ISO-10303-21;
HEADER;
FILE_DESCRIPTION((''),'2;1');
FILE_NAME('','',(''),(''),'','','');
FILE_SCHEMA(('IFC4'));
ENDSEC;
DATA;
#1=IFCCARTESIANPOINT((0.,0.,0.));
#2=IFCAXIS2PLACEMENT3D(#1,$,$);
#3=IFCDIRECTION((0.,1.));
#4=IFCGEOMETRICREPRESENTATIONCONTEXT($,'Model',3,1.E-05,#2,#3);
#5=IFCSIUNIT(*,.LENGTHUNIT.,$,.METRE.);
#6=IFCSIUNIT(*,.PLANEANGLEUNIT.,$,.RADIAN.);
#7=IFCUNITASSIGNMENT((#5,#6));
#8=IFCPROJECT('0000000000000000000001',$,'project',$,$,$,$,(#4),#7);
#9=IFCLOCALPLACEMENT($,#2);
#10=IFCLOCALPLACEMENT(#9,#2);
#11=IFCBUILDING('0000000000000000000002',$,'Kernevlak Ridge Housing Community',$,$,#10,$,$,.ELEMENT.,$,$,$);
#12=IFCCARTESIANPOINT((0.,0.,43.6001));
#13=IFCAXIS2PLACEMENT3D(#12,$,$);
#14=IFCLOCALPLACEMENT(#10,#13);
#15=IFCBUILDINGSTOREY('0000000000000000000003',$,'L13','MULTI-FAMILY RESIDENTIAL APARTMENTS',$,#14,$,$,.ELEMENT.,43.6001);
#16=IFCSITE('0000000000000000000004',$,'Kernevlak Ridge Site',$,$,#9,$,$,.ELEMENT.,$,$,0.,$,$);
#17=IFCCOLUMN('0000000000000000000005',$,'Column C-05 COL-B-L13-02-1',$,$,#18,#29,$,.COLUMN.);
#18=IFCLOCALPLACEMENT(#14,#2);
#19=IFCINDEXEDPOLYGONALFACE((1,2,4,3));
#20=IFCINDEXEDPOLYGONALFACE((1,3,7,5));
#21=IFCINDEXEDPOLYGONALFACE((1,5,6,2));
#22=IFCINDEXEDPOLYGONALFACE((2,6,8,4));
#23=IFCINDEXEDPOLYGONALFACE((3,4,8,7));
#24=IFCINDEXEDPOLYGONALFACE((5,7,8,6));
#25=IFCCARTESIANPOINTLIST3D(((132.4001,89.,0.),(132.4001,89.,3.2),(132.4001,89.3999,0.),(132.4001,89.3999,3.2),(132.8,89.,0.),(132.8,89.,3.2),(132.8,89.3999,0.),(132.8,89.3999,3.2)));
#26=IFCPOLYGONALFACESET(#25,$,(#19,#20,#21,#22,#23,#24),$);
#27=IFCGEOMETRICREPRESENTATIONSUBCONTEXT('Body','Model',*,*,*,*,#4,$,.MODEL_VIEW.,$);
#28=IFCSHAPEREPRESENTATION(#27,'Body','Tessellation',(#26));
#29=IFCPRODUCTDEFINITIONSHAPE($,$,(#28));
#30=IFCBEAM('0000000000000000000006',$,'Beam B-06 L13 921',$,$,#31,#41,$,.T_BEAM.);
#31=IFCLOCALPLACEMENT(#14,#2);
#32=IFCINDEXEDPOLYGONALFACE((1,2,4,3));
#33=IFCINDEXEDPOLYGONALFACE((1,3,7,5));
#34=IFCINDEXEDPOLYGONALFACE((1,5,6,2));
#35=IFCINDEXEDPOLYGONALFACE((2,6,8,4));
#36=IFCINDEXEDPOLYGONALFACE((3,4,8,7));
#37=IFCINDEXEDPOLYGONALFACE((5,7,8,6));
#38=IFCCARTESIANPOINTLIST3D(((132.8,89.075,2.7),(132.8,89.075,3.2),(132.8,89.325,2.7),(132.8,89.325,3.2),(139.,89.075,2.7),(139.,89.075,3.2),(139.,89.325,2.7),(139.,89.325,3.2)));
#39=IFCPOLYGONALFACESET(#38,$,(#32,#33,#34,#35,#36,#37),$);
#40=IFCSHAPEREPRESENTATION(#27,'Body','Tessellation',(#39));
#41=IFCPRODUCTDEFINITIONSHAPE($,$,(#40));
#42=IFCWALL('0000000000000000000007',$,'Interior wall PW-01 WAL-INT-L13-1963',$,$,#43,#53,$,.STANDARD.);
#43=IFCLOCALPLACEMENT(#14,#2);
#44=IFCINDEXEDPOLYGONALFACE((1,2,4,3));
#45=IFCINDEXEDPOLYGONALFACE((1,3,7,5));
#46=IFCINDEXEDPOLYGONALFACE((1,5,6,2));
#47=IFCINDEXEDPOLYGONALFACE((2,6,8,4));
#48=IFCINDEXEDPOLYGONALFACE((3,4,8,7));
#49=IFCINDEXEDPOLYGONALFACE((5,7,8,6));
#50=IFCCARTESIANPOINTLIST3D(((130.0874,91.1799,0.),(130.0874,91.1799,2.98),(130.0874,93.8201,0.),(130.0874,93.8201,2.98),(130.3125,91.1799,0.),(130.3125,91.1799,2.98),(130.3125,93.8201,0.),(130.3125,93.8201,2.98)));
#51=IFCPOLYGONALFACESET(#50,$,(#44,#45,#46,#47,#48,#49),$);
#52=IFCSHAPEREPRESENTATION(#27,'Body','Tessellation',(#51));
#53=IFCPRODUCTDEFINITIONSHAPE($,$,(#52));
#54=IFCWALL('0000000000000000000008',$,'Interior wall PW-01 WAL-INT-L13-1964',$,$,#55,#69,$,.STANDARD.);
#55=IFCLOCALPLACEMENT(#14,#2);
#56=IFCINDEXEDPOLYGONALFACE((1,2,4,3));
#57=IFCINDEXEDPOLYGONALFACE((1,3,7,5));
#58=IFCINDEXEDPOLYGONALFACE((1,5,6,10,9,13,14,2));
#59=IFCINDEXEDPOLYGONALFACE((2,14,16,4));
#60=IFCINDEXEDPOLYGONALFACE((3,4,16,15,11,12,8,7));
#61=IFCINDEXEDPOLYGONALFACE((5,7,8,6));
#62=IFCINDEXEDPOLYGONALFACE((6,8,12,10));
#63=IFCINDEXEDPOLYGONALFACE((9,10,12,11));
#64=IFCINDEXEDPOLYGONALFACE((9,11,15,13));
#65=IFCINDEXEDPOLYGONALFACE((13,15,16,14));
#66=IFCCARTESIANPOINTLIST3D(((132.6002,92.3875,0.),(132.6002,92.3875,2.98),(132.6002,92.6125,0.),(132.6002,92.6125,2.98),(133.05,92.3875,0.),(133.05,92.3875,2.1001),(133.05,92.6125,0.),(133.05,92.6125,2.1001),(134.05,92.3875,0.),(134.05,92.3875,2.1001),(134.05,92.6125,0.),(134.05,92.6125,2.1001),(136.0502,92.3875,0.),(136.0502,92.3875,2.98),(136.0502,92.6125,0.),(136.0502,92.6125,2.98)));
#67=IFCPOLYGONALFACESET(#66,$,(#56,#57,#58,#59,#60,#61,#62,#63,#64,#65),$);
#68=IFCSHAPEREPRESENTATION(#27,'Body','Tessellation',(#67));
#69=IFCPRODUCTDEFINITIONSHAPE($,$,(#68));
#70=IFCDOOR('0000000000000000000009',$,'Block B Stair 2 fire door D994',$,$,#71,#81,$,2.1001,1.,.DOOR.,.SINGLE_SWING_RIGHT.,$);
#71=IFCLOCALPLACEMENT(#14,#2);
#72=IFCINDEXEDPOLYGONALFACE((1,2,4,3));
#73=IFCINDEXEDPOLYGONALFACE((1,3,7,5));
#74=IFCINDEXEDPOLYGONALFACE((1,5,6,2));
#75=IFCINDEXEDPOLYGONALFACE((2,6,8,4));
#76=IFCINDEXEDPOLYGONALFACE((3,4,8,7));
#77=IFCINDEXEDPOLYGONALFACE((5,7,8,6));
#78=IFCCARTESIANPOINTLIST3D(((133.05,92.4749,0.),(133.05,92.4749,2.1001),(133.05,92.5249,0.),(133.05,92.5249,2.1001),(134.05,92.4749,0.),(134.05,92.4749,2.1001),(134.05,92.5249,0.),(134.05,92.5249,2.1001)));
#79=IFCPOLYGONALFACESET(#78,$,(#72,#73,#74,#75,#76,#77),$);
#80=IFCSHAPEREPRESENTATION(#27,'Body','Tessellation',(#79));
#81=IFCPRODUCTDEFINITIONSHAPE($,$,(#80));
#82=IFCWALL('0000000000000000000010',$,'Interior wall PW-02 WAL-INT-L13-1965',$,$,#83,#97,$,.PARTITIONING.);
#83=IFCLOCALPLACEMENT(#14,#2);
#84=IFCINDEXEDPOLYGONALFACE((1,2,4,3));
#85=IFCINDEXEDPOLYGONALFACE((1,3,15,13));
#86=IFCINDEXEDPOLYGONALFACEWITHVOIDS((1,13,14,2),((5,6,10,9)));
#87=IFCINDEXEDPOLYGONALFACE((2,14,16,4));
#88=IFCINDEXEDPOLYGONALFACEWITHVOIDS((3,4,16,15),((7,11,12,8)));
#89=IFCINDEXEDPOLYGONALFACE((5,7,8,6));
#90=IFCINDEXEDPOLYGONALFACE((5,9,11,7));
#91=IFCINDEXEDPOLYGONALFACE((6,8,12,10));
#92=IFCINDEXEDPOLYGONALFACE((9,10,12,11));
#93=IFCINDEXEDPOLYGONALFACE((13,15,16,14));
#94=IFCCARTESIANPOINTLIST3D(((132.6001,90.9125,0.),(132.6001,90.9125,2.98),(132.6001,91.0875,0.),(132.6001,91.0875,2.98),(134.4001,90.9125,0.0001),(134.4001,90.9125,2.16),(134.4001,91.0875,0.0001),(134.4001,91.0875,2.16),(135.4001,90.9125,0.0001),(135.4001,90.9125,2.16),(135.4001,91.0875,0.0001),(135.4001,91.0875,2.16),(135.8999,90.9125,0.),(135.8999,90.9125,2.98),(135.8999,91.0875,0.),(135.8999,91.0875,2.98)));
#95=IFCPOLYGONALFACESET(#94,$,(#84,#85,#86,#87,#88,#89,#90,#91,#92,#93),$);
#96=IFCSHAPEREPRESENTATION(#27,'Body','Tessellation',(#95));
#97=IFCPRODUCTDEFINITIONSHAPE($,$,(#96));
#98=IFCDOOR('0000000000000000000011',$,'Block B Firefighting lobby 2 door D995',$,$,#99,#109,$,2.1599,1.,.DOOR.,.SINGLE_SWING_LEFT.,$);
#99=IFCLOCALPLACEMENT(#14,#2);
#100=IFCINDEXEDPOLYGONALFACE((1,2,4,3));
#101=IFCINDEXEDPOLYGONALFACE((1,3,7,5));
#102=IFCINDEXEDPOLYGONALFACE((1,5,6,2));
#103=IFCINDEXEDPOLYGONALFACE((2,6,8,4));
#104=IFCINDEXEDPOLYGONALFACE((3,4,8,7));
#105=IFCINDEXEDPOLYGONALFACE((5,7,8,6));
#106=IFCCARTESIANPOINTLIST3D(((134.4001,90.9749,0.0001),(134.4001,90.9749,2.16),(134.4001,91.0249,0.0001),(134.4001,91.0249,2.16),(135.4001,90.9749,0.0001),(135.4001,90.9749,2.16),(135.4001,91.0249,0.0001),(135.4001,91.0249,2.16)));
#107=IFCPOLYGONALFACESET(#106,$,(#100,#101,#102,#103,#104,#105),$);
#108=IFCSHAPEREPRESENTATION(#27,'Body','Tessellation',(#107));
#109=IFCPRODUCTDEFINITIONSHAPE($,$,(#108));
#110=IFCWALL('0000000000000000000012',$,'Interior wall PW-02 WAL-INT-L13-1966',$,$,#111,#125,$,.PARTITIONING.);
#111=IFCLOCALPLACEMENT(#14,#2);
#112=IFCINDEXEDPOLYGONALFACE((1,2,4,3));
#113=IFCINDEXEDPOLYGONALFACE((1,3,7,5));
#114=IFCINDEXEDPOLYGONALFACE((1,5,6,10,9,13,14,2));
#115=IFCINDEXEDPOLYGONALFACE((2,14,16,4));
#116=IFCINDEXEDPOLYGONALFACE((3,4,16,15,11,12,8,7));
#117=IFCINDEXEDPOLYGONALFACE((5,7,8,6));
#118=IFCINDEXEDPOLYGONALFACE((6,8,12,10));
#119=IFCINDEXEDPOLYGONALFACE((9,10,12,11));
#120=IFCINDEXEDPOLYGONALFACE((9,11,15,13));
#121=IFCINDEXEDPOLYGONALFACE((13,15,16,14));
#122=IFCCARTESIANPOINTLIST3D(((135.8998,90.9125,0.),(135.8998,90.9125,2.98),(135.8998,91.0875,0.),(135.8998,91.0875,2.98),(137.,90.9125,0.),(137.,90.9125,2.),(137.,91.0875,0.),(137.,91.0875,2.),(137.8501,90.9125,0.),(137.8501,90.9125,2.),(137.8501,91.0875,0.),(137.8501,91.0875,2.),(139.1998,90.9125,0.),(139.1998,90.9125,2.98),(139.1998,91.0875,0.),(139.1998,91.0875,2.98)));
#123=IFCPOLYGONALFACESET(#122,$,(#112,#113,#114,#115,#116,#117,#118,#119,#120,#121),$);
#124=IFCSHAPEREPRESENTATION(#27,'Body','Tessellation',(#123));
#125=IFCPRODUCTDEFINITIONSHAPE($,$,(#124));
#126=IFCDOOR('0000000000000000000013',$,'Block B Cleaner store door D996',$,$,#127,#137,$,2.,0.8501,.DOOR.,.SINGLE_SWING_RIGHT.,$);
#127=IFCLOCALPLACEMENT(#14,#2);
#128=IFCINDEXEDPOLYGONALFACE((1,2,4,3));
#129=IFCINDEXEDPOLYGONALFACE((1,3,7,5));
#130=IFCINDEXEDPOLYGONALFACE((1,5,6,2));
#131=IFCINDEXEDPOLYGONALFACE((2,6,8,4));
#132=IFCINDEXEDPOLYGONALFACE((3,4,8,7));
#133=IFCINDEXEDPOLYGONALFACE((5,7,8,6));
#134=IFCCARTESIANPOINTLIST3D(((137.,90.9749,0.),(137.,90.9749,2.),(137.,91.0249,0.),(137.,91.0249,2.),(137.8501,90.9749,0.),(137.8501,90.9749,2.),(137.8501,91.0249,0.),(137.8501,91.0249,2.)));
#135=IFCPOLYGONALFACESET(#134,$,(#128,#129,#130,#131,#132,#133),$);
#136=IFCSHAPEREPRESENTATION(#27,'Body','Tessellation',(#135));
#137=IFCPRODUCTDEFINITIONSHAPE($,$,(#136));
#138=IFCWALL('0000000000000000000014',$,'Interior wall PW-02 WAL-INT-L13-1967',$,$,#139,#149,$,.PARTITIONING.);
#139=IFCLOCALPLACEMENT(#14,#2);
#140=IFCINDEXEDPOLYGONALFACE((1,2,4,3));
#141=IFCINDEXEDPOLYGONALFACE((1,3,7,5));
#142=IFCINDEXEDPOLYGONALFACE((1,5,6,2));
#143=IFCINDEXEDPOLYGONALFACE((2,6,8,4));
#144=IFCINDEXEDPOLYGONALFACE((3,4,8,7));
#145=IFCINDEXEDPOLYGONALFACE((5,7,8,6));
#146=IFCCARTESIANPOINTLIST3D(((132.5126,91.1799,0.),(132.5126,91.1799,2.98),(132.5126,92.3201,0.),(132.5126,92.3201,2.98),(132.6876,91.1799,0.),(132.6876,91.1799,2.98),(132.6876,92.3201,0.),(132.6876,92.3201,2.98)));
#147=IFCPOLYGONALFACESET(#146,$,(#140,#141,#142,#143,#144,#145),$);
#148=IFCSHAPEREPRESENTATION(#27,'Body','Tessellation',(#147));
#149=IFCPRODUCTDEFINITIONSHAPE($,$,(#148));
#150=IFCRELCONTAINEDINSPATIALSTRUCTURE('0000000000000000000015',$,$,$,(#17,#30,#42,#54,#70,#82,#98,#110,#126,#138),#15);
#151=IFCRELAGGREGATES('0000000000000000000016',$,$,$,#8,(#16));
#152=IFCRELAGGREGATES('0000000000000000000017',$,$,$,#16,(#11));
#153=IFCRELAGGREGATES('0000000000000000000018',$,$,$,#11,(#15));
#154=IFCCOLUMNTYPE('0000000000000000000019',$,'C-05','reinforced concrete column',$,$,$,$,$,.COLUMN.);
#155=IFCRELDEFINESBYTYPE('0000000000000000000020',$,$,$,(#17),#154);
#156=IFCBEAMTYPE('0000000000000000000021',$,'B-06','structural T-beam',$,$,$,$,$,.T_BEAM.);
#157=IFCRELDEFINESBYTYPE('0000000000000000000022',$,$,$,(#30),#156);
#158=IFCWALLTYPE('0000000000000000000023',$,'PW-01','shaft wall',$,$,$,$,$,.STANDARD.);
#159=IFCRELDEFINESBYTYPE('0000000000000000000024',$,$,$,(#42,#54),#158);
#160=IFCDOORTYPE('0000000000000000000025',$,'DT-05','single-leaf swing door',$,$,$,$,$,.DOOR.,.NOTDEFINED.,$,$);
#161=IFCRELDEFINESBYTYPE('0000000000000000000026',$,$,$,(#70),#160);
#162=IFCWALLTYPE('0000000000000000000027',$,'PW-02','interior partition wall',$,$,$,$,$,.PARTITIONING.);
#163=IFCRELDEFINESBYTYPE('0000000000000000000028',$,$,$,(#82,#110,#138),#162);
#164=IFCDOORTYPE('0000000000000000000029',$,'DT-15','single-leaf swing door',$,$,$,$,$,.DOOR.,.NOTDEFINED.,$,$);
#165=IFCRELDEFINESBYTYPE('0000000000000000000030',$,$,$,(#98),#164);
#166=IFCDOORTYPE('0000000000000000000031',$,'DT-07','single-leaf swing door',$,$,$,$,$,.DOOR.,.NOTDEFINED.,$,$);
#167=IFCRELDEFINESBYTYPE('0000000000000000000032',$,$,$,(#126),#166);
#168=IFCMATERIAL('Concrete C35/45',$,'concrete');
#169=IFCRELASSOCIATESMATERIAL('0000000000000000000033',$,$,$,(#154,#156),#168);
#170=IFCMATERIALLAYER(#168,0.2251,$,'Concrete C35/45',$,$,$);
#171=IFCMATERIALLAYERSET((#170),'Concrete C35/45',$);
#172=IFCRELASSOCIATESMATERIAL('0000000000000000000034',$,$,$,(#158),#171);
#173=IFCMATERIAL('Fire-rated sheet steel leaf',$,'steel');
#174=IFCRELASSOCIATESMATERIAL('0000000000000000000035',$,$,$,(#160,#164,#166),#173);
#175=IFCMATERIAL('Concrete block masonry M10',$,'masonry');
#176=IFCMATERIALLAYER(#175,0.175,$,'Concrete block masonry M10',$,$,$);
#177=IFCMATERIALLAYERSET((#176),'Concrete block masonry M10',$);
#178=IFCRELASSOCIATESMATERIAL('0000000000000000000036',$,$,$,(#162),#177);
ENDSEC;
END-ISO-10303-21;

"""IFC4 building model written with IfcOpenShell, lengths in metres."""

from ifc_helpers import new_model, si_unit, direction, frame, frame_2d, origin, origin_2d, place, context, subcontext, project, spatial, rectangle, extrude, material, layer, layer_set, material_profile, profile_set, type_object, element, fill, save


model = new_model("IFC4")

# Units and contexts
model_context = context("Model", 3, precision=1e-05, world=origin(), true_north=direction((0.0, 1.0)))
body_context = subcontext(model_context, "Body", "Model", "MODEL_VIEW")
ifc_project = project(units=[si_unit("LENGTHUNIT", "METRE"), si_unit("PLANEANGLEUNIT", "RADIAN")], contexts=[model_context])

# Site, building, storey
site_placement = place(None, origin())
site = spatial("IfcSite", under=ifc_project, at=site_placement, Name="Kernevlak Ridge Site", CompositionType="ELEMENT", RefElevation=0.0)
building_placement = place(site_placement, origin())
building = spatial("IfcBuilding", under=site, at=building_placement, Name="Kernevlak Ridge Housing Community", CompositionType="ELEMENT")
storey_placement = place(building_placement, frame((0.0, 0.0, 43.6001)))
storey = spatial("IfcBuildingStorey", under=building, at=storey_placement, Name="L13", Description="MULTI-FAMILY RESIDENTIAL APARTMENTS", CompositionType="ELEMENT", Elevation=43.6001)

# Column
ifc_material_1 = material(Name="Concrete C35/45", Category="concrete")
ifc_material_profile_1 = material_profile(ifc_material_1, rectangle(XDim=0.3999, YDim=0.3999, at=origin_2d()), Name="RC 400x400")
ifc_profile_set_1 = profile_set([ifc_material_profile_1], Name="Concrete C35/45")
column_type = type_object("IfcColumnType", Name="C-05", Description="reinforced concrete column", PredefinedType="COLUMN", material=ifc_profile_set_1)
column_placement = place(storey_placement, frame((132.6001, 89.2, 0.0), z_axis=(0.0, 0.0, 1.0), x_axis=(1.0, 0.0, 0.0)))
element("IfcColumn", 1, at=column_placement, inside=storey, type_object=column_type, Name="Column C-05 COL-B-L13-02-1", PredefinedType="COLUMN", context=body_context, shape_type="SweptSolid", body=[
    extrude(rectangle(XDim=0.3999, YDim=0.3999, at=origin_2d()), origin(), (0.0, 0.0, 1.0), 3.2),
])

# Beam
ifc_material_profile_2 = material_profile(ifc_material_1, rectangle(XDim=0.25, YDim=0.5, at=origin_2d()), Name="RC 250x500")
ifc_profile_set_2 = profile_set([ifc_material_profile_2], Name="Concrete C35/45")
beam_type = type_object("IfcBeamType", Name="B-06", Description="structural T-beam", PredefinedType="T_BEAM", material=ifc_profile_set_2)
beam_placement = place(storey_placement, frame((132.8, 89.2, 2.95), z_axis=(1.0, 0.0, 0.0), x_axis=(0.0, 1.0, 0.0)))
element("IfcBeam", 2, at=beam_placement, inside=storey, type_object=beam_type, Name="Beam B-06 L13 921", PredefinedType="T_BEAM", context=body_context, shape_type="SweptSolid", body=[
    extrude(rectangle(XDim=0.25, YDim=0.5, at=origin_2d()), origin(), (0.0, 0.0, 1.0), 6.2),
])

# Wall
ifc_layer_1 = layer(ifc_material_1, 0.2251, Name="Concrete C35/45")
ifc_layer_set_1 = layer_set([ifc_layer_1], Name="Concrete C35/45")
wall_type_1 = type_object("IfcWallType", Name="PW-01", Description="shaft wall", PredefinedType="STANDARD", material=ifc_layer_set_1)
wall_1_placement = place(storey_placement, frame((130.2, 91.1799, 0.0), z_axis=(0.0, 0.0, 1.0), x_axis=(0.0, 1.0, 0.0)))
element("IfcWall", 3, at=wall_1_placement, inside=storey, type_object=wall_type_1, Name="Interior wall PW-01 WAL-INT-L13-1963", PredefinedType="STANDARD", context=body_context, shape_type="SweptSolid", body=[
    extrude(rectangle(XDim=2.6401, YDim=0.2251, at=frame_2d((1.3201, 0.0))), origin(), (0.0, 0.0, 1.0), 2.98),
])

# Walls, openings, doors
wall_2_placement = place(storey_placement, frame((132.6001, 92.5, 0.0), z_axis=(0.0, 0.0, 1.0), x_axis=(1.0, 0.0, 0.0)))
wall_2 = element("IfcWall", 4, at=wall_2_placement, inside=storey, type_object=wall_type_1, Name="Interior wall PW-01 WAL-INT-L13-1964", PredefinedType="STANDARD", context=body_context, shape_type="SweptSolid", body=[
    extrude(rectangle(XDim=3.45, YDim=0.2251, at=frame_2d((1.7251, 0.0))), origin(), (0.0, 0.0, 1.0), 2.98),
])
opening_1_placement = place(wall_2_placement, frame((0.45, 0.0, 0.0)))
opening_1 = element("IfcOpeningElement", 5, at=opening_1_placement, cuts=wall_2, PredefinedType="OPENING", context=body_context, shape_type="SweptSolid", body=[
    extrude(rectangle(XDim=1.0, YDim=2.1001, at=frame_2d((0.5, 1.05))), frame((0.0, 0.1226, 0.0), z_axis=(0.0, -1.0, 0.0), x_axis=(1.0, 0.0, 0.0)), (0.0, 0.0, 1.0), 0.2451),
])
ifc_material_2 = material(Name="Fire-rated sheet steel leaf", Category="steel")
door_type_1 = type_object("IfcDoorType", Name="DT-05", Description="single-leaf swing door", OperationType="NOTDEFINED", PredefinedType="DOOR", material=ifc_material_2)
door_1_placement = place(opening_1_placement, origin())
door_1 = element("IfcDoor", 6, at=door_1_placement, inside=storey, type_object=door_type_1, Name="Block B Stair 2 fire door D994", OperationType="SINGLE_SWING_RIGHT", OverallHeight=2.1001, OverallWidth=1.0, PredefinedType="DOOR", context=body_context, shape_type="SweptSolid", body=[
    extrude(rectangle(XDim=1.0, YDim=2.1001, at=frame_2d((0.5, 1.05))), frame((0.0, 0.0249, 0.0), z_axis=(0.0, -1.0, 0.0), x_axis=(1.0, 0.0, 0.0)), (0.0, 0.0, 1.0), 0.05),
])
fill(opening_1, door_1)
ifc_material_3 = material(Name="Concrete block masonry M10", Category="masonry")
ifc_layer_2 = layer(ifc_material_3, 0.175, Name="Concrete block masonry M10")
ifc_layer_set_2 = layer_set([ifc_layer_2], Name="Concrete block masonry M10")
wall_type_2 = type_object("IfcWallType", Name="PW-02", Description="interior partition wall", PredefinedType="PARTITIONING", material=ifc_layer_set_2)
wall_3_placement = place(storey_placement, frame((132.6001, 91.0, 0.0), z_axis=(0.0, 0.0, 1.0), x_axis=(1.0, 0.0, 0.0)))
wall_3 = element("IfcWall", 7, at=wall_3_placement, inside=storey, type_object=wall_type_2, Name="Interior wall PW-02 WAL-INT-L13-1965", PredefinedType="PARTITIONING", context=body_context, shape_type="SweptSolid", body=[
    extrude(rectangle(XDim=3.2998, YDim=0.175, at=frame_2d((1.6499, 0.0))), origin(), (0.0, 0.0, 1.0), 2.98),
])
opening_2_placement = place(wall_3_placement, frame((1.8, 0.0, 0.0)))
opening_2 = element("IfcOpeningElement", 8, at=opening_2_placement, cuts=wall_3, PredefinedType="OPENING", context=body_context, shape_type="SweptSolid", body=[
    extrude(rectangle(XDim=1.0, YDim=2.1599, at=frame_2d((0.5, 1.0801))), frame((0.0, 0.0974, 0.0), z_axis=(0.0, -1.0, 0.0), x_axis=(1.0, 0.0, 0.0)), (0.0, 0.0, 1.0), 0.1951),
])
door_type_2 = type_object("IfcDoorType", Name="DT-15", Description="single-leaf swing door", OperationType="NOTDEFINED", PredefinedType="DOOR", material=ifc_material_2)
door_2_placement = place(opening_2_placement, origin())
door_2 = element("IfcDoor", 9, at=door_2_placement, inside=storey, type_object=door_type_2, Name="Block B Firefighting lobby 2 door D995", OperationType="SINGLE_SWING_LEFT", OverallHeight=2.1599, OverallWidth=1.0, PredefinedType="DOOR", context=body_context, shape_type="SweptSolid", body=[
    extrude(rectangle(XDim=1.0, YDim=2.1599, at=frame_2d((0.5, 1.0801))), frame((0.0, 0.0249, 0.0), z_axis=(0.0, -1.0, 0.0), x_axis=(1.0, 0.0, 0.0)), (0.0, 0.0, 1.0), 0.05),
])
fill(opening_2, door_2)
wall_4_placement = place(storey_placement, frame((135.8999, 91.0, 0.0), z_axis=(0.0, 0.0, 1.0), x_axis=(1.0, 0.0, 0.0)))
wall_4 = element("IfcWall", 10, at=wall_4_placement, inside=storey, type_object=wall_type_2, Name="Interior wall PW-02 WAL-INT-L13-1966", PredefinedType="PARTITIONING", context=body_context, shape_type="SweptSolid", body=[
    extrude(rectangle(XDim=3.3, YDim=0.175, at=frame_2d((1.6499, 0.0))), origin(), (0.0, 0.0, 1.0), 2.98),
])
opening_3_placement = place(wall_4_placement, frame((1.1001, 0.0, 0.0)))
opening_3 = element("IfcOpeningElement", 11, at=opening_3_placement, cuts=wall_4, PredefinedType="OPENING", context=body_context, shape_type="SweptSolid", body=[
    extrude(rectangle(XDim=0.8501, YDim=2.0, at=frame_2d((0.425, 1.0))), frame((0.0, 0.0974, 0.0), z_axis=(0.0, -1.0, 0.0), x_axis=(1.0, 0.0, 0.0)), (0.0, 0.0, 1.0), 0.1951),
])
door_type_3 = type_object("IfcDoorType", Name="DT-07", Description="single-leaf swing door", OperationType="NOTDEFINED", PredefinedType="DOOR", material=ifc_material_2)
door_3_placement = place(opening_3_placement, origin())
door_3 = element("IfcDoor", 12, at=door_3_placement, inside=storey, type_object=door_type_3, Name="Block B Cleaner store door D996", OperationType="SINGLE_SWING_RIGHT", OverallHeight=2.0, OverallWidth=0.8501, PredefinedType="DOOR", context=body_context, shape_type="SweptSolid", body=[
    extrude(rectangle(XDim=0.8501, YDim=2.0, at=frame_2d((0.425, 1.0))), frame((0.0, 0.0249, 0.0), z_axis=(0.0, -1.0, 0.0), x_axis=(1.0, 0.0, 0.0)), (0.0, 0.0, 1.0), 0.05),
])
fill(opening_3, door_3)

# Wall
wall_5_placement = place(storey_placement, frame((132.6001, 91.1799, 0.0), z_axis=(0.0, 0.0, 1.0), x_axis=(0.0, 1.0, 0.0)))
element("IfcWall", 13, at=wall_5_placement, inside=storey, type_object=wall_type_2, Name="Interior wall PW-02 WAL-INT-L13-1967", PredefinedType="PARTITIONING", context=body_context, shape_type="SweptSolid", body=[
    extrude(rectangle(XDim=1.1401, YDim=0.175, at=frame_2d((0.5701, 0.0))), origin(), (0.0, 0.0, 1.0), 2.98),
])

save(model, "model.ifc")
